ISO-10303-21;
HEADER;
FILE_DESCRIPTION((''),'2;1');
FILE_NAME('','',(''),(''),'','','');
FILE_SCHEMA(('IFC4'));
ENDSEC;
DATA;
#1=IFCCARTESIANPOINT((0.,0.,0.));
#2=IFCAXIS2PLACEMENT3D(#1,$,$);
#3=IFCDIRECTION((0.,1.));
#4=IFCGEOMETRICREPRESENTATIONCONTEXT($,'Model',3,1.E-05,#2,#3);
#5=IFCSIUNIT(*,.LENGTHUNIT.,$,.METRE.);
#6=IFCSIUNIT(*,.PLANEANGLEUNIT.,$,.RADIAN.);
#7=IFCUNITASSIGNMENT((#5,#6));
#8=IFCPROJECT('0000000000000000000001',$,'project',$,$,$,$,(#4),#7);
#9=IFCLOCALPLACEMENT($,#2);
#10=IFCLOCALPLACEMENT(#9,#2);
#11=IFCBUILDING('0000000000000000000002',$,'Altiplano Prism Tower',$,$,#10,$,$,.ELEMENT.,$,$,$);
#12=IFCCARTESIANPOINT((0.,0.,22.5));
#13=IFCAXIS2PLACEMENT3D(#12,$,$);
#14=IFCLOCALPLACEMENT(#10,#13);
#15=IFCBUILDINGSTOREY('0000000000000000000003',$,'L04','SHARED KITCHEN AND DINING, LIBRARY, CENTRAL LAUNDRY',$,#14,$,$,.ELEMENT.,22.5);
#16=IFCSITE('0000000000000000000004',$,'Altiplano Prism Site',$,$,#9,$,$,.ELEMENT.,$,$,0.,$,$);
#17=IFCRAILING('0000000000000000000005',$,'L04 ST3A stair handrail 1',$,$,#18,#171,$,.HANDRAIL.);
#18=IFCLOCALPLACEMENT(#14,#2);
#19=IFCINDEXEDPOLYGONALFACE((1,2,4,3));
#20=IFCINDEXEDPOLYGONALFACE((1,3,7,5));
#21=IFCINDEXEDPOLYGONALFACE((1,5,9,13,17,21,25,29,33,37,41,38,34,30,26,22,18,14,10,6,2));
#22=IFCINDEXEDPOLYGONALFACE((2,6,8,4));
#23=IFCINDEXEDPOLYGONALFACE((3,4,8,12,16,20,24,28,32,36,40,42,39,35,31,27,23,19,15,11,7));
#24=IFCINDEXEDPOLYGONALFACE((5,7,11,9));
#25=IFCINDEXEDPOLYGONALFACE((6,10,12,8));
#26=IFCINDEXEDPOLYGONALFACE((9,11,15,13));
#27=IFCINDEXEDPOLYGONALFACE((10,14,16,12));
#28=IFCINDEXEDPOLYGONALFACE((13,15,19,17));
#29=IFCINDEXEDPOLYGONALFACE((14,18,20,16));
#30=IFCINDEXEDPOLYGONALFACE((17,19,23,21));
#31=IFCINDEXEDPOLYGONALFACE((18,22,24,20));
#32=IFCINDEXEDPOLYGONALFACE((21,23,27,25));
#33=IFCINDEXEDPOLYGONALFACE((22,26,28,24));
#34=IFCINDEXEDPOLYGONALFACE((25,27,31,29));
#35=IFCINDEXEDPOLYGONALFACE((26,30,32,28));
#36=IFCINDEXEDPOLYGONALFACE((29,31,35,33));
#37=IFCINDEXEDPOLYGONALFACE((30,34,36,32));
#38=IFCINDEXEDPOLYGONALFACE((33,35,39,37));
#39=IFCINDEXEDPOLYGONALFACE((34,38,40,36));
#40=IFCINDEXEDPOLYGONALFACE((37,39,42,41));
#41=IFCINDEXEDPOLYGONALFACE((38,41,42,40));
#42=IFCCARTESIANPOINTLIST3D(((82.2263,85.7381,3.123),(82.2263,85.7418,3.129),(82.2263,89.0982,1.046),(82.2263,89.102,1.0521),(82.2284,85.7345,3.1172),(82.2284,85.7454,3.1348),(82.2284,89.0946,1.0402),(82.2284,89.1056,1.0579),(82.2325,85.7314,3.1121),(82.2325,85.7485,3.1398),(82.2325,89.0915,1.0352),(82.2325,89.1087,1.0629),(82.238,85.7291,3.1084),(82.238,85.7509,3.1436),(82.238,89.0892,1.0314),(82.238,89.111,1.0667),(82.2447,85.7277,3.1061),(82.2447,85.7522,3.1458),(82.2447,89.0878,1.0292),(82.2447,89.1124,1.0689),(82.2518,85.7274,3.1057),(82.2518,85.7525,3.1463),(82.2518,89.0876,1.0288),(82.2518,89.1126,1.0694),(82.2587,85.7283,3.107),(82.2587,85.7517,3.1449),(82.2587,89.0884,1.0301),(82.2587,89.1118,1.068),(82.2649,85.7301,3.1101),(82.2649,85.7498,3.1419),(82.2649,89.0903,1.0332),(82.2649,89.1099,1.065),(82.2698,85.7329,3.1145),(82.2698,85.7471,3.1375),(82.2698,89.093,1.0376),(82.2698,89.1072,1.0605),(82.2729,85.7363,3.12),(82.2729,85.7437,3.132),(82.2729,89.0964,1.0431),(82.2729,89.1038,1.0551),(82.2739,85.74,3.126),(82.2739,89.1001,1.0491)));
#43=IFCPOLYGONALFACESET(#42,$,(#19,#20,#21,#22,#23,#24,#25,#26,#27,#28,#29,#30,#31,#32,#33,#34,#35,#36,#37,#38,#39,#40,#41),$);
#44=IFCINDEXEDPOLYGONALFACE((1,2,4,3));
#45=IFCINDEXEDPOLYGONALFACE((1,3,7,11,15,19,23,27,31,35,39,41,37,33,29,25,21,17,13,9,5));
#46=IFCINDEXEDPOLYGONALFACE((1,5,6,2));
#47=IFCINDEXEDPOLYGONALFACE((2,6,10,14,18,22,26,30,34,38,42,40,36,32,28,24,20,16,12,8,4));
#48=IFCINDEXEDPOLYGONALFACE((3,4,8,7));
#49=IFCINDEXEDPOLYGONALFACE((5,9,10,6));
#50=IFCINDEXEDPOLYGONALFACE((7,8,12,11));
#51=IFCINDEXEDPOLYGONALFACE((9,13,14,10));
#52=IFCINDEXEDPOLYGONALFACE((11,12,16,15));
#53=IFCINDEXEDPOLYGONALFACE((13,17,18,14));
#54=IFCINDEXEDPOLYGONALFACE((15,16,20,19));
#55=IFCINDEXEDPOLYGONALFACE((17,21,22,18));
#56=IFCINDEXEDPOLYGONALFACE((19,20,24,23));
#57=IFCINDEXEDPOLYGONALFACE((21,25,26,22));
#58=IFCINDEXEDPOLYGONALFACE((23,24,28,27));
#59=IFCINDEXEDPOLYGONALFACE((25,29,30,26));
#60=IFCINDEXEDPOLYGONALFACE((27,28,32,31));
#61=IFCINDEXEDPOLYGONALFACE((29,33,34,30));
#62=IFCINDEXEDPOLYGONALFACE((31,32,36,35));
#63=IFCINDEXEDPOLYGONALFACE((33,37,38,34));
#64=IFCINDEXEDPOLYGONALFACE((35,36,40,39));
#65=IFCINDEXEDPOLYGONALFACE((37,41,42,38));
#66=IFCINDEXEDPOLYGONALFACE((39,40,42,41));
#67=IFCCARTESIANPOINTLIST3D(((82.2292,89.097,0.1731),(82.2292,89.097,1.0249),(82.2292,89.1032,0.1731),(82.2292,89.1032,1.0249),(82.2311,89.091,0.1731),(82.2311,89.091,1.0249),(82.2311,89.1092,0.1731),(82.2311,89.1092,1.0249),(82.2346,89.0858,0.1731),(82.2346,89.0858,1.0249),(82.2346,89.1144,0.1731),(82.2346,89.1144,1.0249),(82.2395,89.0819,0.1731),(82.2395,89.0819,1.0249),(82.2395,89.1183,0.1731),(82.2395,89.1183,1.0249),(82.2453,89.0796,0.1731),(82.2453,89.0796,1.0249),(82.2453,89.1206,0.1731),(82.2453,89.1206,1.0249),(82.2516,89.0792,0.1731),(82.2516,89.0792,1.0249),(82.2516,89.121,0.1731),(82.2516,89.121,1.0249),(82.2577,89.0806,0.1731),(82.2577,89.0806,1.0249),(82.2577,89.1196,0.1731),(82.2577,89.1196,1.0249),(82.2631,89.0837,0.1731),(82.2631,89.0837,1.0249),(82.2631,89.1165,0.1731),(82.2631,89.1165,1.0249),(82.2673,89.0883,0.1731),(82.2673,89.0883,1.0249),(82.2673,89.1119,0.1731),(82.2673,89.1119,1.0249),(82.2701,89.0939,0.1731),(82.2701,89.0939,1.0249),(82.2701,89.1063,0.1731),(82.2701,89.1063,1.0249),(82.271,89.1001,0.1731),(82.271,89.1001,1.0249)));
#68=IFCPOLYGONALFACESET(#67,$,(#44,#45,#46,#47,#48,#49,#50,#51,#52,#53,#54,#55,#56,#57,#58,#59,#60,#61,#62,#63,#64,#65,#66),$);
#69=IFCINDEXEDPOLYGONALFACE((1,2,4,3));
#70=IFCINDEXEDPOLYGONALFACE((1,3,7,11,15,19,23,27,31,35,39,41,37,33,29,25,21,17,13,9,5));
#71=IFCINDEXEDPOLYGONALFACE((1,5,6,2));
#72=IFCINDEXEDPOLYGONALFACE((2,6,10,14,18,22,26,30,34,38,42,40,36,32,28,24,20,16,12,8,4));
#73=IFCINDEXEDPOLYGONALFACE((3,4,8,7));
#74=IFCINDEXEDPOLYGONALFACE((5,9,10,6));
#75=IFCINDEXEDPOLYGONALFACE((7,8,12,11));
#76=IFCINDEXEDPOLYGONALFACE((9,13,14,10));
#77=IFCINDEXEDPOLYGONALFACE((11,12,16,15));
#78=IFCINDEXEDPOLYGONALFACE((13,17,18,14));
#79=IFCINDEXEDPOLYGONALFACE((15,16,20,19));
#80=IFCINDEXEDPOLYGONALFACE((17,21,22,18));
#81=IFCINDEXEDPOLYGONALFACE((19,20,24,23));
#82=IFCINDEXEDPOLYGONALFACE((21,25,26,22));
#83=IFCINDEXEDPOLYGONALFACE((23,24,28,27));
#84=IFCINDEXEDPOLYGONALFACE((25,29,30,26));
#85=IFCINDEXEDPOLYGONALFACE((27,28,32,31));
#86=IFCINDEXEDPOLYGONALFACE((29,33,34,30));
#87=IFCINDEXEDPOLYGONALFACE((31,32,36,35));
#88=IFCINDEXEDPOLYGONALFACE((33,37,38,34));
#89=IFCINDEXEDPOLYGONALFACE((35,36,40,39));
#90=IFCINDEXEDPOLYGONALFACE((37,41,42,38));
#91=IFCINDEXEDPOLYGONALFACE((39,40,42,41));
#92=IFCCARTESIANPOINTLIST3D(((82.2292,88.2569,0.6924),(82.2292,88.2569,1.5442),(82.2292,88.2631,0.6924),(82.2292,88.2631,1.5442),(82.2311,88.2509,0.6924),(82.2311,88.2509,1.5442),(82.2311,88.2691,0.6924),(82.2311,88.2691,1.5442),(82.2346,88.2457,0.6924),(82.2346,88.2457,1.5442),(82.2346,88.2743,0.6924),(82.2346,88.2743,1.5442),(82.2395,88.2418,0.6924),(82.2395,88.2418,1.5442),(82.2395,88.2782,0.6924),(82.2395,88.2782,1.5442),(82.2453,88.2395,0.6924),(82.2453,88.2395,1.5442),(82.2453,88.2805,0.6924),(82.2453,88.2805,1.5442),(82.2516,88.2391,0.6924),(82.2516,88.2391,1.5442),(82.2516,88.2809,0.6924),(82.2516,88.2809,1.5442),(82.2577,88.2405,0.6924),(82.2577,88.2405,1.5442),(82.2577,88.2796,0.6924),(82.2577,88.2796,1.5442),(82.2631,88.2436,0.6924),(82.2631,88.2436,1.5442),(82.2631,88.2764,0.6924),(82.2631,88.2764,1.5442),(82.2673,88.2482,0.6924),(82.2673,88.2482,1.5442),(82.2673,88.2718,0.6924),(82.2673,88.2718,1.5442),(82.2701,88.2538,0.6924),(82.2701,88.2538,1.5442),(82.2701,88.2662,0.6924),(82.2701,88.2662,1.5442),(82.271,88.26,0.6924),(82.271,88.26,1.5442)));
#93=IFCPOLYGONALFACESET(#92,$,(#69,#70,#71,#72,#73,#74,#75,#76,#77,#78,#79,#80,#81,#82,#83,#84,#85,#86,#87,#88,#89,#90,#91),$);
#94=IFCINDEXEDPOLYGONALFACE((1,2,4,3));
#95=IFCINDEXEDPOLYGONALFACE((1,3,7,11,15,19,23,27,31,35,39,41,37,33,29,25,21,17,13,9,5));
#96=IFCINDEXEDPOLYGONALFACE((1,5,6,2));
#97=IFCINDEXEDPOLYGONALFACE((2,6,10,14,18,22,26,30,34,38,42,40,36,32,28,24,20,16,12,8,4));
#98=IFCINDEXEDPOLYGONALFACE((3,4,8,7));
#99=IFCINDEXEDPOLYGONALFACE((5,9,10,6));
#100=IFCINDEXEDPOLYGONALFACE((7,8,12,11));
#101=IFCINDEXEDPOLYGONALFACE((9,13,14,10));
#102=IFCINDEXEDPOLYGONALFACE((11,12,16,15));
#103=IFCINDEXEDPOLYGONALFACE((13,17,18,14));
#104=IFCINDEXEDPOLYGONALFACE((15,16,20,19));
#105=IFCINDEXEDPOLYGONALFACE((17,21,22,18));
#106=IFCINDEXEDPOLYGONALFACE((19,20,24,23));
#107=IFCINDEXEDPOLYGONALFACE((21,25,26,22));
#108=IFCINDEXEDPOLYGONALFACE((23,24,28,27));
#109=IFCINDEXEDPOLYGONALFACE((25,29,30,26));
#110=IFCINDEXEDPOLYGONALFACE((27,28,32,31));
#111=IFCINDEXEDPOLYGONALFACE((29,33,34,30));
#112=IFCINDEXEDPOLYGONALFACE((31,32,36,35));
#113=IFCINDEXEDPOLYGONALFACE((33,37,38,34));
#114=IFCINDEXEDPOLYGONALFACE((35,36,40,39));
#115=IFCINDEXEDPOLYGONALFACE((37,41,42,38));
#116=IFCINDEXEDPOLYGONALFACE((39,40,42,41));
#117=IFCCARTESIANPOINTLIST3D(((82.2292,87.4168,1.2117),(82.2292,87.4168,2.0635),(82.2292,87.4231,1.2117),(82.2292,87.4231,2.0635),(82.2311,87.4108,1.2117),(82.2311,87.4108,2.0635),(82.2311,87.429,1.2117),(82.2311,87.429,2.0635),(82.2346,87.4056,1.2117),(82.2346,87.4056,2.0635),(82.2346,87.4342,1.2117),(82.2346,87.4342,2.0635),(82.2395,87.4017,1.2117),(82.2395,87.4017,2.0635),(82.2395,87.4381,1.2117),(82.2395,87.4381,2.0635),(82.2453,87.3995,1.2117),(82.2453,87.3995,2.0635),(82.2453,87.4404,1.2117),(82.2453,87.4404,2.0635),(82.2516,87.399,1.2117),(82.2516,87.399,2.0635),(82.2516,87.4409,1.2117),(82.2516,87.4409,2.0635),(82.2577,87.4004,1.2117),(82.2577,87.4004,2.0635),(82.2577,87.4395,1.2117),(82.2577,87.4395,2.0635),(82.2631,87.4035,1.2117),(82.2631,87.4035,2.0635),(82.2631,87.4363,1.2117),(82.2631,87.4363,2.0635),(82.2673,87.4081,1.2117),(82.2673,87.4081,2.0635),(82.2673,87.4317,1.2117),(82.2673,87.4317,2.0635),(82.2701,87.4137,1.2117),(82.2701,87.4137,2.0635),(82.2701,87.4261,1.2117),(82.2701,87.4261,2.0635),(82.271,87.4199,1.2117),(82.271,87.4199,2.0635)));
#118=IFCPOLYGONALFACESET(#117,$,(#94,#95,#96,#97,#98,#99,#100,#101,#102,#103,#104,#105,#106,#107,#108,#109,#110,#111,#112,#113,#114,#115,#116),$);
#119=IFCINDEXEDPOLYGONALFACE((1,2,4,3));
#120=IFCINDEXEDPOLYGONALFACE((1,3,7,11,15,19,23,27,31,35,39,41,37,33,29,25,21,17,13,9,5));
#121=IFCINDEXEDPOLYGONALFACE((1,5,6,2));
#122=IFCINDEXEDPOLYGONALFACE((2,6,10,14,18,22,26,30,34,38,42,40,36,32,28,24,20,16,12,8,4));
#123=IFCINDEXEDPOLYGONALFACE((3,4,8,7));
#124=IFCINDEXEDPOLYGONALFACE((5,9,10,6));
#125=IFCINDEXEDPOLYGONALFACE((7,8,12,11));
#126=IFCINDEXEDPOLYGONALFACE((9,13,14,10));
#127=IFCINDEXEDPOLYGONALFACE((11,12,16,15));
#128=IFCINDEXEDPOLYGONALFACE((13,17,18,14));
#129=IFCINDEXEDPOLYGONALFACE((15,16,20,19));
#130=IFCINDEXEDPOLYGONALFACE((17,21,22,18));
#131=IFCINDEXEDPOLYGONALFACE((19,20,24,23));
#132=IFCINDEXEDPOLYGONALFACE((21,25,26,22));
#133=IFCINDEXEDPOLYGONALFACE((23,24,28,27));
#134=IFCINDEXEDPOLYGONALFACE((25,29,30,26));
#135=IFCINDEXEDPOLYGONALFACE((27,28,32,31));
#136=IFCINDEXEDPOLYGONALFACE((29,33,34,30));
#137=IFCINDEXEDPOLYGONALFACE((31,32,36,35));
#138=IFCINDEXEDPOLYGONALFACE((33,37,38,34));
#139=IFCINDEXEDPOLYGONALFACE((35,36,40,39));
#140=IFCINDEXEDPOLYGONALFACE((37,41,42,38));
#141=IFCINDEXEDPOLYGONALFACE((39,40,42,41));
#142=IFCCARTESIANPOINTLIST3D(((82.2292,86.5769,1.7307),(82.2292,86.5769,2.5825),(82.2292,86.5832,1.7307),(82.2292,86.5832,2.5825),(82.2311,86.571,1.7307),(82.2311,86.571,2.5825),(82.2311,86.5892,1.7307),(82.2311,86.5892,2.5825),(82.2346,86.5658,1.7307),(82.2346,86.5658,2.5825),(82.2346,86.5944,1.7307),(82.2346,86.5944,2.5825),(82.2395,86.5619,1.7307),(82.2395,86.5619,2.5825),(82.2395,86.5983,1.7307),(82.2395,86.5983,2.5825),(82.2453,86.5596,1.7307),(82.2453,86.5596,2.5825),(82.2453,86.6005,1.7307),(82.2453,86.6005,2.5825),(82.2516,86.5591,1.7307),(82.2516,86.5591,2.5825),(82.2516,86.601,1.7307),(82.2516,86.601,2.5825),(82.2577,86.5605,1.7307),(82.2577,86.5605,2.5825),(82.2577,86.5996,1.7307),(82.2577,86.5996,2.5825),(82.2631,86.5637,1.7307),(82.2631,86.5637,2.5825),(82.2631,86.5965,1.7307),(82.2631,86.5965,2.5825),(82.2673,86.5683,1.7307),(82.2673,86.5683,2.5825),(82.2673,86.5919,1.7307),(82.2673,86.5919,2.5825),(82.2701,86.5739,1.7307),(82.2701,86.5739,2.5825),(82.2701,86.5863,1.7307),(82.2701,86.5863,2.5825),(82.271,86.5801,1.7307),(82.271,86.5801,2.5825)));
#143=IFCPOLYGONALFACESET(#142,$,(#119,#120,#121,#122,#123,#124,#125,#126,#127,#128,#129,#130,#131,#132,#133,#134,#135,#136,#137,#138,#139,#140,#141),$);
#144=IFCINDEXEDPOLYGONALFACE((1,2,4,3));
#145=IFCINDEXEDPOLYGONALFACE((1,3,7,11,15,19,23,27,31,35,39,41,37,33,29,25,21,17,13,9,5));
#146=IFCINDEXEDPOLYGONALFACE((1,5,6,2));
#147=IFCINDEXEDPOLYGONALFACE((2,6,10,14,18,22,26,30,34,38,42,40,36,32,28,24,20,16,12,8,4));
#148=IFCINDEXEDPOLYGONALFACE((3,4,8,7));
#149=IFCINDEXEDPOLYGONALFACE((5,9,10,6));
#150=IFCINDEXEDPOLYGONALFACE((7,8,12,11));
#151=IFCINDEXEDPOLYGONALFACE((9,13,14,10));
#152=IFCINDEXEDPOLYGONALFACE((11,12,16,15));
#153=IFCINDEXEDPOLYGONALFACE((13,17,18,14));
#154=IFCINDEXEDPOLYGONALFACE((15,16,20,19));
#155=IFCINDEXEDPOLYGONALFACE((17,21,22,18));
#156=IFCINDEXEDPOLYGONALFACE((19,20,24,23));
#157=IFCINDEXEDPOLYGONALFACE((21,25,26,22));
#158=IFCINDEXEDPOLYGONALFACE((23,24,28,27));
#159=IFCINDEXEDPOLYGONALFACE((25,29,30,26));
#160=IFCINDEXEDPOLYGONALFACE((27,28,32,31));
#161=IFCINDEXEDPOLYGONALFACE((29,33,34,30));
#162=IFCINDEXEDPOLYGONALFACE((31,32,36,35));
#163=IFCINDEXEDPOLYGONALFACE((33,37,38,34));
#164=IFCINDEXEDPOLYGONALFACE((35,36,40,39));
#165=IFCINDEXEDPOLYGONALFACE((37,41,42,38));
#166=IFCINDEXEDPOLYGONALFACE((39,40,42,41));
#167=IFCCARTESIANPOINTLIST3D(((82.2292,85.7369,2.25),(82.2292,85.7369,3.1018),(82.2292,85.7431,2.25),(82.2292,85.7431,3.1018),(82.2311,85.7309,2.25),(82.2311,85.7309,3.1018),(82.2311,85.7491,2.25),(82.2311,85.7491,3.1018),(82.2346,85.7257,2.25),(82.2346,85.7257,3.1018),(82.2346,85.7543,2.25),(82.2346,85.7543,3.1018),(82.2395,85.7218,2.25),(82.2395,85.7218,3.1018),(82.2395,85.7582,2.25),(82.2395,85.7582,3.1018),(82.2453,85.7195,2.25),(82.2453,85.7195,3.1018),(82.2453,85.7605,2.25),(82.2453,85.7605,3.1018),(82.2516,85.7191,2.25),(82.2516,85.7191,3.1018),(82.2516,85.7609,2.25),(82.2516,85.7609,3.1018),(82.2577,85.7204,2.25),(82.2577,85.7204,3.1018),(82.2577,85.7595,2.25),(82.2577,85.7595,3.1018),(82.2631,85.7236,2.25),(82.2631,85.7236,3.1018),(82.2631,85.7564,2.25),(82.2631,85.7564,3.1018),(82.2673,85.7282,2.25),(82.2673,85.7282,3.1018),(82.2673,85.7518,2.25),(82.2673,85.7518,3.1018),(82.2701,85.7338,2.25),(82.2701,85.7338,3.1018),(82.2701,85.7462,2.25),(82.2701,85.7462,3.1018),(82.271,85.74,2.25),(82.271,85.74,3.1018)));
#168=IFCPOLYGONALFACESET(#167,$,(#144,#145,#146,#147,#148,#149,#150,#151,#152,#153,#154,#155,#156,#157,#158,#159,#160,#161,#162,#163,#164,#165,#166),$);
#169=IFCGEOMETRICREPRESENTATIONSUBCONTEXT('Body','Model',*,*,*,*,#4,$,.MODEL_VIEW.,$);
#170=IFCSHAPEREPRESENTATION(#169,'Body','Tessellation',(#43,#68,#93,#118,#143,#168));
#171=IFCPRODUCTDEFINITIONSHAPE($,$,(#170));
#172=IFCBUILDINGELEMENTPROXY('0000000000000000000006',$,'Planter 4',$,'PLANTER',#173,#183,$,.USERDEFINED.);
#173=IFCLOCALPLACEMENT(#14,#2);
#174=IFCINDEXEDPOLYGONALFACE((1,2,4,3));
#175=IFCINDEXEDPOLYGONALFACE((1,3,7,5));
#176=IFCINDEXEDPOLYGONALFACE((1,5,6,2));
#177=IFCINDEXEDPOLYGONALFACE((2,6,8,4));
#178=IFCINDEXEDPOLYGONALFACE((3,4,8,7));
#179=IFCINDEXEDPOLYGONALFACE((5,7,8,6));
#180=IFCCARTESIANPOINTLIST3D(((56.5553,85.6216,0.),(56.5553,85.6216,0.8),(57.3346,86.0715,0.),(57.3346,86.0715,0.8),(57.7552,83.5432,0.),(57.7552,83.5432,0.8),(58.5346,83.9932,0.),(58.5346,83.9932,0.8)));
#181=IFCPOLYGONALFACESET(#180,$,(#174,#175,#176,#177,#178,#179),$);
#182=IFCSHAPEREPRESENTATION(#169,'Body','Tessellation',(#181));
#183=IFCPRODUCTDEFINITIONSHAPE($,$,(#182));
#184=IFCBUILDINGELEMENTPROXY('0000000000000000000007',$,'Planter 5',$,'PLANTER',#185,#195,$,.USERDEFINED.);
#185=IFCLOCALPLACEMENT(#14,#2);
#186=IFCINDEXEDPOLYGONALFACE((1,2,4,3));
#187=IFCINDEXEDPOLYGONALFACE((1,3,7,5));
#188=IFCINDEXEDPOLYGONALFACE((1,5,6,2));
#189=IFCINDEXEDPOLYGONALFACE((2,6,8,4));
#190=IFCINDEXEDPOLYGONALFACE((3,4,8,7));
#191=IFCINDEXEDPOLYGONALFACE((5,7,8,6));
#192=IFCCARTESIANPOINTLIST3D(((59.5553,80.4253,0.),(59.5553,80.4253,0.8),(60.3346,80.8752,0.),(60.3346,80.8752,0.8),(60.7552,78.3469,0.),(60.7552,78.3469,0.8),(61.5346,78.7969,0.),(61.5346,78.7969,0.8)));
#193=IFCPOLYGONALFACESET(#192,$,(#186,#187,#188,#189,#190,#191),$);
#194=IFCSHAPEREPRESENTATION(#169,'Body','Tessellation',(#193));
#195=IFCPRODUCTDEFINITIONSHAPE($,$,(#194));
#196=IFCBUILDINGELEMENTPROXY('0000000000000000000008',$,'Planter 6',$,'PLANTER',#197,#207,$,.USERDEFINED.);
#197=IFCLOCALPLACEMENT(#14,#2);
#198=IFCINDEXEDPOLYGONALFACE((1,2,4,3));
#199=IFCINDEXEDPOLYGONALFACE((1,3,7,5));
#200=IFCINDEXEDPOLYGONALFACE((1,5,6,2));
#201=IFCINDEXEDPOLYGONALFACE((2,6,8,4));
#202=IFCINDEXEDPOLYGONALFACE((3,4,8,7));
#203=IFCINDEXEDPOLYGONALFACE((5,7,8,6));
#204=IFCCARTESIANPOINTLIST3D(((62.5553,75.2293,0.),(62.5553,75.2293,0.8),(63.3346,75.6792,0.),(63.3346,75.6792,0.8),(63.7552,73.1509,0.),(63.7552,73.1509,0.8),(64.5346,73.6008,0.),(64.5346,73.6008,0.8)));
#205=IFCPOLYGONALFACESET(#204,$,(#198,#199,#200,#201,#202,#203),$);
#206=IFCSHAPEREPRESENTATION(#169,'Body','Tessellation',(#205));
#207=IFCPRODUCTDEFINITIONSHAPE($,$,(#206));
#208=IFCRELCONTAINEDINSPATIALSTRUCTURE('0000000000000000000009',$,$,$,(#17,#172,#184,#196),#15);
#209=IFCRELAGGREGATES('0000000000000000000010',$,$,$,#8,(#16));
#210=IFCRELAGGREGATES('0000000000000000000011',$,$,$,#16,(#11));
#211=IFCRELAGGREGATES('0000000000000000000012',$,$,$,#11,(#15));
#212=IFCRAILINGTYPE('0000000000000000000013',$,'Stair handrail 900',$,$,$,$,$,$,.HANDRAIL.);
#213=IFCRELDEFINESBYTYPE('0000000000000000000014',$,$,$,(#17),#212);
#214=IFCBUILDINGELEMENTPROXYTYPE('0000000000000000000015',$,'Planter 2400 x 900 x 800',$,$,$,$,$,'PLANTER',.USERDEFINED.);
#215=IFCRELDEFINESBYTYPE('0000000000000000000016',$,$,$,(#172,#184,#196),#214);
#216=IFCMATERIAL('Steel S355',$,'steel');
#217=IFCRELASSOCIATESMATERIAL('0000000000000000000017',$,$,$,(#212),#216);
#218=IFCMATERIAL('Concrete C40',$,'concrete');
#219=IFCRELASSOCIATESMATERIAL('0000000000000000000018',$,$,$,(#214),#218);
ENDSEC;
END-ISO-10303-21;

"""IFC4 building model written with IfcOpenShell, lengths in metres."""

from ifc_helpers import new_model, si_unit, direction, frame, origin, origin_2d, place, context, subcontext, project, spatial, rectangle, circle, extrude, material, type_object, element, save


model = new_model("IFC4")

# Units and contexts
model_context = context("Model", 3, precision=1e-05, world=origin(), true_north=direction((0.0, 1.0)))
body_context = subcontext(model_context, "Body", "Model", "MODEL_VIEW")
ifc_project = project(units=[si_unit("LENGTHUNIT", "METRE"), si_unit("PLANEANGLEUNIT", "RADIAN")], contexts=[model_context])

# Site, building, storey
site_placement = place(None, origin())
site = spatial("IfcSite", under=ifc_project, at=site_placement, Name="Altiplano Prism Site", CompositionType="ELEMENT", RefElevation=0.0)
building_placement = place(site_placement, origin())
building = spatial("IfcBuilding", under=site, at=building_placement, Name="Altiplano Prism Tower", CompositionType="ELEMENT")
storey_placement = place(building_placement, frame((0.0, 0.0, 22.5)))
storey = spatial("IfcBuildingStorey", under=building, at=storey_placement, Name="L04", Description="SHARED KITCHEN AND DINING, LIBRARY, CENTRAL LAUNDRY", CompositionType="ELEMENT", Elevation=22.5)

# Shared definitions
ifc_material_1 = material(Name="Steel S355", Category="steel")

# Railing
railing_type_1 = type_object("IfcRailingType", Name="Stair handrail 900", PredefinedType="HANDRAIL", material=ifc_material_1)
railing_1_placement = place(storey_placement, frame((82.25, 89.1001, 0.1731)))
element("IfcRailing", 1, at=railing_1_placement, inside=storey, type_object=railing_type_1, Name="L04 ST3A stair handrail 1", PredefinedType="HANDRAIL", context=body_context, shape_type="SweptSolid", body=[
    extrude(circle(Radius=0.0239, at=origin_2d()), frame((0.0, 0.0, 0.876), z_axis=(0.0, -0.850623, 0.525776), x_axis=(1.0, 0.0, 0.0)), (0.0, 0.0, 1.0), 3.9502),
    extrude(circle(Radius=0.021, at=origin_2d()), origin(), (0.0, 0.0, 1.0), 0.8518),
    extrude(circle(Radius=0.021, at=origin_2d()), frame((0.0, -0.8401, 0.5193)), (0.0, 0.0, 1.0), 0.8518),
    extrude(circle(Radius=0.021, at=origin_2d()), frame((0.0, -1.6802, 1.0386)), (0.0, 0.0, 1.0), 0.8518),
    extrude(circle(Radius=0.021, at=origin_2d()), frame((0.0, -2.52, 1.5576)), (0.0, 0.0, 1.0), 0.8518),
    extrude(circle(Radius=0.021, at=origin_2d()), frame((0.0, -3.3601, 2.0769)), (0.0, 0.0, 1.0), 0.8518),
])

# Building element proxies
ifc_material_2 = material(Name="Concrete C40", Category="concrete")
building_element_proxy_type = type_object("IfcBuildingElementProxyType", Name="Planter 2400 x 900 x 800", ElementType="PLANTER", PredefinedType="USERDEFINED", material=ifc_material_2)
for number, where, z_axis, x_axis, name in (
    (2, (57.5449, 84.8074, 0.0), (0.0, 0.0, 1.0), (0.5, -0.866025, 0.0), "Planter 4"),
    (3, (60.5449, 79.6111, 0.0), (0.0, 0.0, 1.0), (0.5, -0.866025, 0.0), "Planter 5"),
    (4, (63.5449, 74.415, 0.0), (0.0, 0.0, 1.0), (0.5, -0.866025, 0.0), "Planter 6"),
):
    element("IfcBuildingElementProxy", number, at=place(storey_placement, frame(where, z_axis=z_axis, x_axis=x_axis)), inside=storey, type_object=building_element_proxy_type, Name=name, ObjectType="PLANTER", PredefinedType="USERDEFINED", context=body_context, shape_type="SweptSolid", body=[
        extrude(rectangle(XDim=2.3999, YDim=0.8999, at=origin_2d()), origin(), (0.0, 0.0, 1.0), 0.8),
    ])

save(model, "model.ifc")
